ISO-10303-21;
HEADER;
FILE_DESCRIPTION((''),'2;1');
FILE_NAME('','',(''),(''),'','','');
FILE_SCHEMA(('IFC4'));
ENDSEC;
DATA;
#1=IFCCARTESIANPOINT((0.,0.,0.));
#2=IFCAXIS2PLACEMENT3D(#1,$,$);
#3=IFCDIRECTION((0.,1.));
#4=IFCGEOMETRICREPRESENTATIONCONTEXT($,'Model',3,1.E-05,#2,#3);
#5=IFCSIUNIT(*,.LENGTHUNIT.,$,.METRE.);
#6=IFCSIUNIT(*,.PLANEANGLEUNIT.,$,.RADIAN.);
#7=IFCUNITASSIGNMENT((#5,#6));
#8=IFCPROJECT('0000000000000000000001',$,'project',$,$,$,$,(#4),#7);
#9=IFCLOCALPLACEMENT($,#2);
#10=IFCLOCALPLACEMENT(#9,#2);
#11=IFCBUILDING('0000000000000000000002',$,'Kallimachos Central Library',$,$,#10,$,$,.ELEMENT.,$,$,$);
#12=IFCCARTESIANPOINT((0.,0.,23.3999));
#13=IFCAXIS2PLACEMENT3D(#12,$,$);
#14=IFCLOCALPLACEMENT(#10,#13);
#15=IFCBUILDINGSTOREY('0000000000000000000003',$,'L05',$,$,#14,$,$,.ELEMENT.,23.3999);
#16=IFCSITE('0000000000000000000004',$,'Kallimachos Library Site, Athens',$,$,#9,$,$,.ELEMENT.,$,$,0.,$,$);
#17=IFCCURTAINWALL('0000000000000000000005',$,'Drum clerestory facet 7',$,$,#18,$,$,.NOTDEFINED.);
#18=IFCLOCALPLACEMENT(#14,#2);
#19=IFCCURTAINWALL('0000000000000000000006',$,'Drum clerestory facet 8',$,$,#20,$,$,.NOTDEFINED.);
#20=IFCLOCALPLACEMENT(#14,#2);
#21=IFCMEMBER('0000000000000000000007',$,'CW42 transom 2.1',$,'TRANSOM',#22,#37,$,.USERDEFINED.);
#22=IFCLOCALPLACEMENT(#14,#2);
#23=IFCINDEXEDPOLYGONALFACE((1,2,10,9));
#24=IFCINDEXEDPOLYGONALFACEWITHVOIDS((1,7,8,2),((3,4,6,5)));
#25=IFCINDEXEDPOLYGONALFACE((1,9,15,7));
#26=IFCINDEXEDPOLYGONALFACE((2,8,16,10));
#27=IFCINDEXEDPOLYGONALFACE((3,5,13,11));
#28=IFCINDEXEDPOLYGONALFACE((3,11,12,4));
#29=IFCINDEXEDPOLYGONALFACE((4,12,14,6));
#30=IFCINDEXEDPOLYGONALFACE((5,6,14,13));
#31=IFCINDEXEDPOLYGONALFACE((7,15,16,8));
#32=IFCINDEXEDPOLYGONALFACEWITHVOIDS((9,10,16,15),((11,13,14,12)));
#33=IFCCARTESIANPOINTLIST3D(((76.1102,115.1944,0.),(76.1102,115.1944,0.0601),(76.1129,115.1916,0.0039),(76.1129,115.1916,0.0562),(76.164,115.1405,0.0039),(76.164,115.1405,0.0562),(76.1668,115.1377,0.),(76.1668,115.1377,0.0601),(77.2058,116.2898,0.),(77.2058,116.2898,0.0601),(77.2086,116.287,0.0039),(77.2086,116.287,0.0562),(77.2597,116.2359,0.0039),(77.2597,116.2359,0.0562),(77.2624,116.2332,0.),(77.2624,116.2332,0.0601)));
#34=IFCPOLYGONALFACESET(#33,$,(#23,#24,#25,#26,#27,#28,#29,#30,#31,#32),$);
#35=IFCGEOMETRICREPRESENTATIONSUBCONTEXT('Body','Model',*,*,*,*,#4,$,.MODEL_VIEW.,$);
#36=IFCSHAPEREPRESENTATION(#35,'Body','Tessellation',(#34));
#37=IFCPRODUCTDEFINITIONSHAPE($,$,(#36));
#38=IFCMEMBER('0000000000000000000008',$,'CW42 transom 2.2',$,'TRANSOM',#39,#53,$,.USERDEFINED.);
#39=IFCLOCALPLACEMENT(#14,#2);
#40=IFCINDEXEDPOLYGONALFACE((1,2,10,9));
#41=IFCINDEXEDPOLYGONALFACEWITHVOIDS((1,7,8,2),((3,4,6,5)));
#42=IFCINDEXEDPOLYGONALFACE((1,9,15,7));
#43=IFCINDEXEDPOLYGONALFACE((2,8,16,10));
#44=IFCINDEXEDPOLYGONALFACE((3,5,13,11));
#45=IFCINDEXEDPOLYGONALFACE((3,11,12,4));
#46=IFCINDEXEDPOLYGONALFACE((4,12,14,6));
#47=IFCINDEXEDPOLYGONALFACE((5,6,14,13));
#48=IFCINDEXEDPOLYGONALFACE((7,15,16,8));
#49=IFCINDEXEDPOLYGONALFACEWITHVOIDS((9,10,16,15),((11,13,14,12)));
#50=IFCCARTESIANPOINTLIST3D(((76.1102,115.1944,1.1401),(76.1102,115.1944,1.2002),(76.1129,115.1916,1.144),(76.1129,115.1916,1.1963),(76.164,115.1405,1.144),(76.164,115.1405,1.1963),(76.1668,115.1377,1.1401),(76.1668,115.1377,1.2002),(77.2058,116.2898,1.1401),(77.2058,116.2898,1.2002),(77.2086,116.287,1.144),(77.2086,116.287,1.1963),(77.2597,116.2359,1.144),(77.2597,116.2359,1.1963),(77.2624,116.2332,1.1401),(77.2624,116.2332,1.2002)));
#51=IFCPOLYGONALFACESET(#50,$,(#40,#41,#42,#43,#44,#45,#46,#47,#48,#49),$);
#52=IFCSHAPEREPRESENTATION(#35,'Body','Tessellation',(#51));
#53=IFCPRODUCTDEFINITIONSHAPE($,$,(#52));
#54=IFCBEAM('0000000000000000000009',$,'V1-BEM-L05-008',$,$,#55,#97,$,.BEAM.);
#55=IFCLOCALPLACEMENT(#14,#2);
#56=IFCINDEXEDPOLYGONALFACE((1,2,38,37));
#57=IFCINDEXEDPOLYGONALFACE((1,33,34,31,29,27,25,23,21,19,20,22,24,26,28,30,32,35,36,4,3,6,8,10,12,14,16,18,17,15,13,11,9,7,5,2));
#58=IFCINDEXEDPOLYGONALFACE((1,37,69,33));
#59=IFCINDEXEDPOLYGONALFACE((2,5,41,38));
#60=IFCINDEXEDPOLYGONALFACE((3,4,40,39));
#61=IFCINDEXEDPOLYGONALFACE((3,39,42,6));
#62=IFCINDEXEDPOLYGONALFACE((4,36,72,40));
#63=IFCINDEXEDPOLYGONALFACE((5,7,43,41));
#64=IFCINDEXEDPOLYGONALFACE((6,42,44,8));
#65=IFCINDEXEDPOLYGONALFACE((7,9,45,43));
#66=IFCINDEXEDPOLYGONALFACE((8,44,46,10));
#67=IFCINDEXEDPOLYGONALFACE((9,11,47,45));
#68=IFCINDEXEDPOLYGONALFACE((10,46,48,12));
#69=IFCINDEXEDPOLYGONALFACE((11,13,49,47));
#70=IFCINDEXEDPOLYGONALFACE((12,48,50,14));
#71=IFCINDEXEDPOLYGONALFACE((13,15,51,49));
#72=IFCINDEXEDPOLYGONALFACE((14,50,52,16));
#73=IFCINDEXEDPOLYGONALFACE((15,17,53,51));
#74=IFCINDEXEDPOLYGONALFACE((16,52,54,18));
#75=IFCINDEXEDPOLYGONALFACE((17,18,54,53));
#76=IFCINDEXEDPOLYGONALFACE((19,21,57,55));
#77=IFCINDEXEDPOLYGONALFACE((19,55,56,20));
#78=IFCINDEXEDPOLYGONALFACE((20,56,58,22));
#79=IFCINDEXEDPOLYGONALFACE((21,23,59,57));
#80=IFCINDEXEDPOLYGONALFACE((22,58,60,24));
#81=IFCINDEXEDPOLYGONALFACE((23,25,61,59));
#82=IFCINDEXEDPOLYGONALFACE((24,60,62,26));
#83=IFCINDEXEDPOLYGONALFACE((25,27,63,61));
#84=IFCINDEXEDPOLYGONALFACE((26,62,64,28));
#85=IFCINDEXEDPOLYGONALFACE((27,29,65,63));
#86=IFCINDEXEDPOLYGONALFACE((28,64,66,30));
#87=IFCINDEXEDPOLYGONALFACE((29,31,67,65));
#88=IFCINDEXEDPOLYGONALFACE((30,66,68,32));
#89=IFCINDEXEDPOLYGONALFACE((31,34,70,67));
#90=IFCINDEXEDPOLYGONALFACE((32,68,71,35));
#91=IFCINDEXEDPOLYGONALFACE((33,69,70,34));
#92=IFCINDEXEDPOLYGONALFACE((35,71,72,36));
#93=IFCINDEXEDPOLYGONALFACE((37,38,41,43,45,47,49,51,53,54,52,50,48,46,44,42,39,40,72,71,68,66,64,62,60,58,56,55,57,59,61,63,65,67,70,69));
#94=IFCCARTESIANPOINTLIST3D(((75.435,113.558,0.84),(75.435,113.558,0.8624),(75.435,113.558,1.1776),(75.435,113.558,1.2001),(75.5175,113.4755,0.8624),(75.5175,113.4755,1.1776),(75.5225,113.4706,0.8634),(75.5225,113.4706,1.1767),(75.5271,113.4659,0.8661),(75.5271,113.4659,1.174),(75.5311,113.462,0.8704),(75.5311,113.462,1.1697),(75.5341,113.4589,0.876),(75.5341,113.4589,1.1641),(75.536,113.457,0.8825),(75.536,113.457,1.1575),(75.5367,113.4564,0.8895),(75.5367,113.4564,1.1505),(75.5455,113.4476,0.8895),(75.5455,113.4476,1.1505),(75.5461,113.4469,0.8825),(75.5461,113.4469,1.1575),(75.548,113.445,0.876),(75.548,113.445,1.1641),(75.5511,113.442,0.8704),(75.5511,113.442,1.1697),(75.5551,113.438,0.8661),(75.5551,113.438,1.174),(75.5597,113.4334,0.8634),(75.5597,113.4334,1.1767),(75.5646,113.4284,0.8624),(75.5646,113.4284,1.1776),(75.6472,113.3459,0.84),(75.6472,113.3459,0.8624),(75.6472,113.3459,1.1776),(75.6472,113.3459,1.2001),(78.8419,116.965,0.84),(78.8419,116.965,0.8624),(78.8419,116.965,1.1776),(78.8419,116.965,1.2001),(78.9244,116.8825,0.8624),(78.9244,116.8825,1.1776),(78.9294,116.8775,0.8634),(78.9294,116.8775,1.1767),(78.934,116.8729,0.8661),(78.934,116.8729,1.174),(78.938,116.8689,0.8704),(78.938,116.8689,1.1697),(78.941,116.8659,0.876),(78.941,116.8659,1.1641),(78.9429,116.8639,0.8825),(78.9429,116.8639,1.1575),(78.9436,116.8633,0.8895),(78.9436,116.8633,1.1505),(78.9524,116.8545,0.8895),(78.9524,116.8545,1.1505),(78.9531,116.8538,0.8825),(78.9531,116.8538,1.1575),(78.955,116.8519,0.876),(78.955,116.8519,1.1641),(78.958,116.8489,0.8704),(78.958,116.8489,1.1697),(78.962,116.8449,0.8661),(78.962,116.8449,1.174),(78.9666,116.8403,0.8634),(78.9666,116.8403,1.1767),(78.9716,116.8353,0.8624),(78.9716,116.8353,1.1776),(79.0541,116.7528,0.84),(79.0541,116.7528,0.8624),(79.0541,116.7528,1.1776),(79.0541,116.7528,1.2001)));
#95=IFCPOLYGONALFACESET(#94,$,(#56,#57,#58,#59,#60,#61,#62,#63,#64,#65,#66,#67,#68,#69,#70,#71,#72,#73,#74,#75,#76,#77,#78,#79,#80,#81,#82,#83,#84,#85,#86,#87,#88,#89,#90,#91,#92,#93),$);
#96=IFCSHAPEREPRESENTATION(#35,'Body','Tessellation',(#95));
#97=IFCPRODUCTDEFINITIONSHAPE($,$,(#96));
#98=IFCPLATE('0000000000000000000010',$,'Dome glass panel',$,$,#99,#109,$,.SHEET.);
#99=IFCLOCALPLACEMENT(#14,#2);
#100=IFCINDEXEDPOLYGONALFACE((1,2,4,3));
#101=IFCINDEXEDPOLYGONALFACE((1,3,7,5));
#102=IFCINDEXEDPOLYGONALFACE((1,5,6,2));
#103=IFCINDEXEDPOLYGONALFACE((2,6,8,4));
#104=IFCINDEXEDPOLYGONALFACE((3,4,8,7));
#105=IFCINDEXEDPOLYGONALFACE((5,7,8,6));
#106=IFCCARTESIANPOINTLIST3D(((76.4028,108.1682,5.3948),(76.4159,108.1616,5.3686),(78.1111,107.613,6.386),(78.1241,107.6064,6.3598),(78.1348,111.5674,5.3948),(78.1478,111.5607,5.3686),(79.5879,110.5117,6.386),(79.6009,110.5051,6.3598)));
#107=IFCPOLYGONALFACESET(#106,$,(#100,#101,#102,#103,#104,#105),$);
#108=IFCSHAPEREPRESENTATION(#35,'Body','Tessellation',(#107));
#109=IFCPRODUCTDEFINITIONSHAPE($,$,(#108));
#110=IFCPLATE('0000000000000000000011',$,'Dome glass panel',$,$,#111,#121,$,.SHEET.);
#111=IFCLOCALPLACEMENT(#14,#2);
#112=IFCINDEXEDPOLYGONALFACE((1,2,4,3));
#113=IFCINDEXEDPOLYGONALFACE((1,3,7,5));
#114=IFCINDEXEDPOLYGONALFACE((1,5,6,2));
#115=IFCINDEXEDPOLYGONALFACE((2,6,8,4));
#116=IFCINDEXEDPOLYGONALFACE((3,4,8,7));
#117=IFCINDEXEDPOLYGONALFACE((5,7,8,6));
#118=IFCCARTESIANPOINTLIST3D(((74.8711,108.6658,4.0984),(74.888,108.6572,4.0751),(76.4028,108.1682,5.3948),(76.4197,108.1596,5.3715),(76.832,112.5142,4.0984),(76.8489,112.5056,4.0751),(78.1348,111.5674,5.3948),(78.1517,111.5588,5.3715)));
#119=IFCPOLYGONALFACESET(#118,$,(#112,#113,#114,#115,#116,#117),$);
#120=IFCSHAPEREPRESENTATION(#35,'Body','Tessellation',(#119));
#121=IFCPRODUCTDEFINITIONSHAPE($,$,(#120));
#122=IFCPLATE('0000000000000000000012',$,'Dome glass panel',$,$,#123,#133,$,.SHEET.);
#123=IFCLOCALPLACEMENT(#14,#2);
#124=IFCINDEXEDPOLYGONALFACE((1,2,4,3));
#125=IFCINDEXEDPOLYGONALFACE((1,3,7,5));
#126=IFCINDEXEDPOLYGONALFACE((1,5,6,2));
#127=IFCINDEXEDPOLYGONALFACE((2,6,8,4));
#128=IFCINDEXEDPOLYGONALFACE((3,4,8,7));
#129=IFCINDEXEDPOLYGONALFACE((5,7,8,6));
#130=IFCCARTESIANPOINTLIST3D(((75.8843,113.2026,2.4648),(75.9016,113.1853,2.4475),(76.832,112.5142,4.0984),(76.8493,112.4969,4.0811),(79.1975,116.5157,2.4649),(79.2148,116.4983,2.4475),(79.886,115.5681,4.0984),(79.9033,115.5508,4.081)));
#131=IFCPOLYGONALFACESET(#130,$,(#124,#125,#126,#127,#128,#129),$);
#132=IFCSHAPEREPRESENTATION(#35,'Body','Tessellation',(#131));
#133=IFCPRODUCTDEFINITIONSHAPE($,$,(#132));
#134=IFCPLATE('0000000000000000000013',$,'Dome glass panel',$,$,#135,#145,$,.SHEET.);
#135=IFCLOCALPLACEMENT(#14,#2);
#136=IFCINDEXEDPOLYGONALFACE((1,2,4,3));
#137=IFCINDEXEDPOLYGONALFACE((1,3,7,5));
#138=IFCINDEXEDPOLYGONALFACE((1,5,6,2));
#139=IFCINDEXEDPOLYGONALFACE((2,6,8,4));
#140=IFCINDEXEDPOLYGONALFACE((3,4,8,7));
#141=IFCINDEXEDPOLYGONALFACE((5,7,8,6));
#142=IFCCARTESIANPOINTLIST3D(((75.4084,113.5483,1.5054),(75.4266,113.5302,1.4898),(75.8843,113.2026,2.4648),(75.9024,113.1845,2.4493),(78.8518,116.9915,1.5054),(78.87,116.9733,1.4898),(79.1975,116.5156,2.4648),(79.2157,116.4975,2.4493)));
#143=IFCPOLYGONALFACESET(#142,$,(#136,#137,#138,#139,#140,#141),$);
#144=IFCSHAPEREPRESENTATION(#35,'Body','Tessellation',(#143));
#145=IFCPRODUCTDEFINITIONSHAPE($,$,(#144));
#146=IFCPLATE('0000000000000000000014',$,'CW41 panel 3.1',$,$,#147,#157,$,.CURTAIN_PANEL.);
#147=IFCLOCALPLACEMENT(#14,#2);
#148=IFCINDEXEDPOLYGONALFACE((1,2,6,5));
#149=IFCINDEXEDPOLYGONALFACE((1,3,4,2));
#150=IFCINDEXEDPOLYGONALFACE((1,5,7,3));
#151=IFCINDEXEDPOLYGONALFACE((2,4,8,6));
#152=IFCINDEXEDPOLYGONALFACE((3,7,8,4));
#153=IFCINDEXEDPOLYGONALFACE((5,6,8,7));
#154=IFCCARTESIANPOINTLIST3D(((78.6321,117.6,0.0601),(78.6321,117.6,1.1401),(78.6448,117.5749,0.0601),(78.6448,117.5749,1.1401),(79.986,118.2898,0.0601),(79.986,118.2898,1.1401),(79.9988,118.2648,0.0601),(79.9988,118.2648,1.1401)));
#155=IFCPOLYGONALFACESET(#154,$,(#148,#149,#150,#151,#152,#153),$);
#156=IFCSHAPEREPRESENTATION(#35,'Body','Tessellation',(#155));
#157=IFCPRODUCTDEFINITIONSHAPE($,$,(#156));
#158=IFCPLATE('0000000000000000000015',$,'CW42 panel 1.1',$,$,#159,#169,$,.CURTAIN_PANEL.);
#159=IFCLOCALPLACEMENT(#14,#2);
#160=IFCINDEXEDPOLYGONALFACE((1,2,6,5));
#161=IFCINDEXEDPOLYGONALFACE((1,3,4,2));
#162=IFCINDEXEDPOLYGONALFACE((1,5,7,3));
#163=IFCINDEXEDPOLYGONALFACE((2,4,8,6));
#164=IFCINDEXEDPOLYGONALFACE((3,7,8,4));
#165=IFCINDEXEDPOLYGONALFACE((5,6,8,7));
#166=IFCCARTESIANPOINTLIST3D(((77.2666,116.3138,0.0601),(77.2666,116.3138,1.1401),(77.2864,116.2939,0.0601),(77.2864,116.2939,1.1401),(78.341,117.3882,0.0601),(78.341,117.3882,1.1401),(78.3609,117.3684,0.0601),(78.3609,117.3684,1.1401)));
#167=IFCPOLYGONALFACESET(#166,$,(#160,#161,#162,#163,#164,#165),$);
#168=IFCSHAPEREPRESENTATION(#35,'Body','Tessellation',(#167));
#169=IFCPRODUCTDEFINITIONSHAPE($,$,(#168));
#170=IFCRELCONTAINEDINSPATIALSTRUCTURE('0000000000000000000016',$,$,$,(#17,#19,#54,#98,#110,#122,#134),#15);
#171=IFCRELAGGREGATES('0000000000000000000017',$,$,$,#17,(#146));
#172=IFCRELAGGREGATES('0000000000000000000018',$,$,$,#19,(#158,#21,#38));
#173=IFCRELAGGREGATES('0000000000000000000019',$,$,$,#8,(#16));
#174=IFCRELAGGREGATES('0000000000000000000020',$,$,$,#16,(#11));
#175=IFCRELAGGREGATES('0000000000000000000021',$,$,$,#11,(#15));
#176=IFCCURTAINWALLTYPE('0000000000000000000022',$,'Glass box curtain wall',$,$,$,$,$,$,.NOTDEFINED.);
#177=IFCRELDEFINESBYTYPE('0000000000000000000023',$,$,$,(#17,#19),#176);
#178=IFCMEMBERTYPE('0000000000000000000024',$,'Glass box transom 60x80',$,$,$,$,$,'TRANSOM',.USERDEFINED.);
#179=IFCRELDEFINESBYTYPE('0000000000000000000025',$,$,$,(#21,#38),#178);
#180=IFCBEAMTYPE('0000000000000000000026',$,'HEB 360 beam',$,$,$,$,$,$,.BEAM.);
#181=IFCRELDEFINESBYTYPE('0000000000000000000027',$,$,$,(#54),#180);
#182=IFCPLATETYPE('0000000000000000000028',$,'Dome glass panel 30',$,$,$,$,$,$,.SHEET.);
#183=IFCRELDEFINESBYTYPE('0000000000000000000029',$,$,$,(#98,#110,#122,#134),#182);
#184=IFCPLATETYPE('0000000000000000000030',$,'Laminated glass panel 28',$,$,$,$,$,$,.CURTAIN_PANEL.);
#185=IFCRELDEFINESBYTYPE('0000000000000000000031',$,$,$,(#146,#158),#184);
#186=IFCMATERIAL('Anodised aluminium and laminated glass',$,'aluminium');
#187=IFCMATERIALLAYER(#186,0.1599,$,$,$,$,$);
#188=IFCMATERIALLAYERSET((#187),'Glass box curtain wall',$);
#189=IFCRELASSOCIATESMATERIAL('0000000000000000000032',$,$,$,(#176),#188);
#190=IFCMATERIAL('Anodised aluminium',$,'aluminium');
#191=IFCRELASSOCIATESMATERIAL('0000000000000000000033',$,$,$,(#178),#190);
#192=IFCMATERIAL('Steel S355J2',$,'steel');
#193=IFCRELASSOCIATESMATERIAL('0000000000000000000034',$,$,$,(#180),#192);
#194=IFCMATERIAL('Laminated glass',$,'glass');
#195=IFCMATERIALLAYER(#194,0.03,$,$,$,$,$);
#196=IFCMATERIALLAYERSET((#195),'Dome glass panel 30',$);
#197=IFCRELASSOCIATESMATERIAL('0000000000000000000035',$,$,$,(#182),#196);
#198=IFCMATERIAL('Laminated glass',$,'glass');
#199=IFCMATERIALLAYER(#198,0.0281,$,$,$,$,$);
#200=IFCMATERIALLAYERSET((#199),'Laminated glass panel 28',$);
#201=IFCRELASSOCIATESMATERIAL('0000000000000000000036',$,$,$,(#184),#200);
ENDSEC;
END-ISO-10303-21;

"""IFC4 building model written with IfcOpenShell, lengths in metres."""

from ifc_helpers import new_model, si_unit, direction, frame, origin, origin_2d, place, context, subcontext, project, spatial, polyline, rectangle, hollow_rectangle, i_section, outline, extrude, material, layer, layer_set, material_profile, profile_set, type_object, element, aggregate, save


model = new_model("IFC4")

# Units and contexts
model_context = context("Model", 3, precision=1e-05, world=origin(), true_north=direction((0.0, 1.0)))
body_context = subcontext(model_context, "Body", "Model", "MODEL_VIEW")
ifc_project = project(units=[si_unit("LENGTHUNIT", "METRE"), si_unit("PLANEANGLEUNIT", "RADIAN")], contexts=[model_context])

# Site, building, storey
site_placement = place(None, origin())
site = spatial("IfcSite", under=ifc_project, at=site_placement, Name="Kallimachos Library Site, Athens", CompositionType="ELEMENT", RefElevation=0.0)
building_placement = place(site_placement, origin())
building = spatial("IfcBuilding", under=site, at=building_placement, Name="Kallimachos Central Library", CompositionType="ELEMENT")
storey_placement = place(building_placement, frame((0.0, 0.0, 23.3999)))
storey = spatial("IfcBuildingStorey", under=building, at=storey_placement, Name="L05", CompositionType="ELEMENT", Elevation=23.3999)

# Curtain wall
ifc_material_1 = material(Name="Anodised aluminium and laminated glass", Category="aluminium")
ifc_layer_1 = layer(ifc_material_1, 0.1599)
ifc_layer_set_1 = layer_set([ifc_layer_1], Name="Glass box curtain wall")
curtain_wall_type = type_object("IfcCurtainWallType", Name="Glass box curtain wall", PredefinedType="NOTDEFINED", material=ifc_layer_set_1)
curtain_wall_1_placement = place(storey_placement, origin())
curtain_wall_1 = element("IfcCurtainWall", 1, at=curtain_wall_1_placement, inside=storey, type_object=curtain_wall_type, Name="Drum clerestory facet 7", PredefinedType="NOTDEFINED")

# Curtain wall
curtain_wall_2_placement = place(storey_placement, origin())
curtain_wall_2 = element("IfcCurtainWall", 2, at=curtain_wall_2_placement, inside=storey, type_object=curtain_wall_type, Name="Drum clerestory facet 8", PredefinedType="NOTDEFINED")

# Members
ifc_material_2 = material(Name="Anodised aluminium", Category="aluminium")
ifc_material_profile_1 = material_profile(ifc_material_2, hollow_rectangle(XDim=0.0601, YDim=0.0801, WallThickness=0.0039, at=origin_2d()), Name="ALU TRANSOM 60x80")
ifc_profile_set_1 = profile_set([ifc_material_profile_1], Name="Anodised aluminium")
member_type_1 = type_object("IfcMemberType", Name="Glass box transom 60x80", ElementType="TRANSOM", PredefinedType="USERDEFINED", material=ifc_profile_set_1)
member_1_placement = place(storey_placement, frame((77.2341, 116.2615, 0.03), z_axis=(-0.707186, -0.707028, 0.0), x_axis=(0.0, 0.0, 1.0)))
member_1 = element("IfcMember", 3, at=member_1_placement, type_object=member_type_1, Name="CW42 transom 2.1", ObjectType="TRANSOM", PredefinedType="USERDEFINED", context=body_context, shape_type="SweptSolid", body=[
    extrude(hollow_rectangle(XDim=0.0601, YDim=0.0801, WallThickness=0.0039, at=origin_2d()), origin(), (0.0, 0.0, 1.0), 1.5493),
])
member_2_placement = place(storey_placement, frame((77.2341, 116.2615, 1.1702), z_axis=(-0.707186, -0.707028, 0.0), x_axis=(0.0, 0.0, 1.0)))
member_2 = element("IfcMember", 4, at=member_2_placement, type_object=member_type_1, Name="CW42 transom 2.2", ObjectType="TRANSOM", PredefinedType="USERDEFINED", context=body_context, shape_type="SweptSolid", body=[
    extrude(hollow_rectangle(XDim=0.0601, YDim=0.0801, WallThickness=0.0039, at=origin_2d()), origin(), (0.0, 0.0, 1.0), 1.5493),
])

# Beam
ifc_material_3 = material(Name="Steel S355J2", Category="steel")
ifc_material_profile_2 = material_profile(ifc_material_3, i_section(OverallWidth=0.3, OverallDepth=0.3601, WebThickness=0.0125, FlangeThickness=0.0225, FilletRadius=0.0271, at=origin_2d()), Name="HEB 360")
ifc_profile_set_2 = profile_set([ifc_material_profile_2], Name="Steel S355J2")
beam_type = type_object("IfcBeamType", Name="HEB 360 beam", PredefinedType="BEAM", material=ifc_profile_set_2)
beam_placement = place(storey_placement, frame((78.948, 116.8589, 1.02), z_axis=(-0.707107, -0.707107, 0.0), x_axis=(0.707107, -0.707107, 0.0)))
element("IfcBeam", 5, at=beam_placement, inside=storey, type_object=beam_type, Name="V1-BEM-L05-008", PredefinedType="BEAM", context=body_context, shape_type="SweptSolid", body=[
    extrude(i_section(OverallWidth=0.3, OverallDepth=0.3601, WebThickness=0.0125, FlangeThickness=0.0225, FilletRadius=0.0271, at=origin_2d()), origin(), (0.0, 0.0, 1.0), 4.8181),
])

# Plates
ifc_material_4 = material(Name="Laminated glass", Category="glass")
ifc_layer_2 = layer(ifc_material_4, 0.03)
ifc_layer_set_2 = layer_set([ifc_layer_2], Name="Dome glass panel 30")
plate_type_1 = type_object("IfcPlateType", Name="Dome glass panel 30", PredefinedType="SHEET", material=ifc_layer_set_2)
plate_1_placement = place(storey_placement, frame((79.5879, 110.5117, 6.386), z_axis=(-0.434599, 0.221427, 0.87298), x_axis=(-0.708342, 0.514594, -0.483161)))
element("IfcPlate", 6, at=plate_1_placement, inside=storey, type_object=plate_type_1, Name="Dome glass panel", PredefinedType="SHEET", context=body_context, shape_type="SweptSolid", body=[
    extrude(outline(polyline([(0.0, 0.0), (2.0515, 0.0), (1.5291, 3.779), (-0.4456, 3.2225), (0.0, 0.0)])), origin(), (0.0, 0.0, -1.0), 0.03),
])
plate_2_placement = place(storey_placement, frame((78.1348, 111.5674, 5.3948), z_axis=(-0.562907, 0.28682, 0.775158), x_axis=(-0.630142, 0.457961, -0.627051)))
element("IfcPlate", 7, at=plate_2_placement, inside=storey, type_object=plate_type_1, Name="Dome glass panel", PredefinedType="SHEET", context=body_context, shape_type="SweptSolid", body=[
    extrude(outline(polyline([(0.0, 0.0), (2.0674, 0.0), (1.5407, 4.2869), (-0.4653, 3.7865), (0.0, 0.0)])), origin(), (0.0, 0.0, -1.0), 0.03),
])
plate_3_placement = place(storey_placement, frame((79.886, 115.5681, 4.0984), z_axis=(-0.577037, 0.577059, 0.577954), x_axis=(-0.342539, 0.471409, -0.812675)))
element("IfcPlate", 8, at=plate_3_placement, inside=storey, type_object=plate_type_1, Name="Dome glass panel", PredefinedType="SHEET", context=body_context, shape_type="SweptSolid", body=[
    extrude(outline(polyline([(0.0, 0.0), (2.01, 0.0), (1.5832, 4.666), (-0.3936, 4.301), (0.0, 0.0)])), origin(), (0.0, 0.0, -1.0), 0.03),
])
plate_4_placement = place(storey_placement, frame((79.1975, 116.5156, 2.4648), z_axis=(-0.604858, 0.604902, 0.517919), x_axis=(-0.307182, 0.42281, -0.852567)))
element("IfcPlate", 9, at=plate_4_placement, inside=storey, type_object=plate_type_1, Name="Dome glass panel", PredefinedType="SHEET", context=body_context, shape_type="SweptSolid", body=[
    extrude(outline(polyline([(0.0, 0.0), (1.1254, 0.0), (0.7273, 4.8532), (-0.383, 4.6698), (0.0, 0.0)])), origin(), (0.0, 0.0, -1.0), 0.03),
])

# Plates
ifc_material_5 = material(Name="Laminated glass", Category="glass")
ifc_layer_3 = layer(ifc_material_5, 0.0281)
ifc_layer_set_3 = layer_set([ifc_layer_3], Name="Laminated glass panel 28")
plate_type_2 = type_object("IfcPlateType", Name="Laminated glass panel 28", PredefinedType="CURTAIN_PANEL", material=ifc_layer_set_3)
plate_5_placement = place(storey_placement, frame((79.3154, 117.9324, 0.0601), z_axis=(0.0, 0.0, 1.0), x_axis=(-0.891006, -0.453991, 0.0)))
plate_5 = element("IfcPlate", 10, at=plate_5_placement, type_object=plate_type_2, Name="CW41 panel 3.1", PredefinedType="CURTAIN_PANEL", context=body_context, shape_type="SweptSolid", body=[
    extrude(rectangle(XDim=1.5195, YDim=0.0281, at=origin_2d()), origin(), (0.0, 0.0, 1.0), 1.0801),
])
aggregate(curtain_wall_1, [plate_5])
plate_6_placement = place(storey_placement, frame((77.8137, 116.8411, 0.0601), z_axis=(0.0, 0.0, 1.0), x_axis=(-0.707107, -0.707107, 0.0)))
plate_6 = element("IfcPlate", 11, at=plate_6_placement, type_object=plate_type_2, Name="CW42 panel 1.1", PredefinedType="CURTAIN_PANEL", context=body_context, shape_type="SweptSolid", body=[
    extrude(rectangle(XDim=1.5195, YDim=0.0281, at=origin_2d()), origin(), (0.0, 0.0, 1.0), 1.0801),
])
aggregate(curtain_wall_2, [plate_6, member_1, member_2])

save(model, "model.ifc")
